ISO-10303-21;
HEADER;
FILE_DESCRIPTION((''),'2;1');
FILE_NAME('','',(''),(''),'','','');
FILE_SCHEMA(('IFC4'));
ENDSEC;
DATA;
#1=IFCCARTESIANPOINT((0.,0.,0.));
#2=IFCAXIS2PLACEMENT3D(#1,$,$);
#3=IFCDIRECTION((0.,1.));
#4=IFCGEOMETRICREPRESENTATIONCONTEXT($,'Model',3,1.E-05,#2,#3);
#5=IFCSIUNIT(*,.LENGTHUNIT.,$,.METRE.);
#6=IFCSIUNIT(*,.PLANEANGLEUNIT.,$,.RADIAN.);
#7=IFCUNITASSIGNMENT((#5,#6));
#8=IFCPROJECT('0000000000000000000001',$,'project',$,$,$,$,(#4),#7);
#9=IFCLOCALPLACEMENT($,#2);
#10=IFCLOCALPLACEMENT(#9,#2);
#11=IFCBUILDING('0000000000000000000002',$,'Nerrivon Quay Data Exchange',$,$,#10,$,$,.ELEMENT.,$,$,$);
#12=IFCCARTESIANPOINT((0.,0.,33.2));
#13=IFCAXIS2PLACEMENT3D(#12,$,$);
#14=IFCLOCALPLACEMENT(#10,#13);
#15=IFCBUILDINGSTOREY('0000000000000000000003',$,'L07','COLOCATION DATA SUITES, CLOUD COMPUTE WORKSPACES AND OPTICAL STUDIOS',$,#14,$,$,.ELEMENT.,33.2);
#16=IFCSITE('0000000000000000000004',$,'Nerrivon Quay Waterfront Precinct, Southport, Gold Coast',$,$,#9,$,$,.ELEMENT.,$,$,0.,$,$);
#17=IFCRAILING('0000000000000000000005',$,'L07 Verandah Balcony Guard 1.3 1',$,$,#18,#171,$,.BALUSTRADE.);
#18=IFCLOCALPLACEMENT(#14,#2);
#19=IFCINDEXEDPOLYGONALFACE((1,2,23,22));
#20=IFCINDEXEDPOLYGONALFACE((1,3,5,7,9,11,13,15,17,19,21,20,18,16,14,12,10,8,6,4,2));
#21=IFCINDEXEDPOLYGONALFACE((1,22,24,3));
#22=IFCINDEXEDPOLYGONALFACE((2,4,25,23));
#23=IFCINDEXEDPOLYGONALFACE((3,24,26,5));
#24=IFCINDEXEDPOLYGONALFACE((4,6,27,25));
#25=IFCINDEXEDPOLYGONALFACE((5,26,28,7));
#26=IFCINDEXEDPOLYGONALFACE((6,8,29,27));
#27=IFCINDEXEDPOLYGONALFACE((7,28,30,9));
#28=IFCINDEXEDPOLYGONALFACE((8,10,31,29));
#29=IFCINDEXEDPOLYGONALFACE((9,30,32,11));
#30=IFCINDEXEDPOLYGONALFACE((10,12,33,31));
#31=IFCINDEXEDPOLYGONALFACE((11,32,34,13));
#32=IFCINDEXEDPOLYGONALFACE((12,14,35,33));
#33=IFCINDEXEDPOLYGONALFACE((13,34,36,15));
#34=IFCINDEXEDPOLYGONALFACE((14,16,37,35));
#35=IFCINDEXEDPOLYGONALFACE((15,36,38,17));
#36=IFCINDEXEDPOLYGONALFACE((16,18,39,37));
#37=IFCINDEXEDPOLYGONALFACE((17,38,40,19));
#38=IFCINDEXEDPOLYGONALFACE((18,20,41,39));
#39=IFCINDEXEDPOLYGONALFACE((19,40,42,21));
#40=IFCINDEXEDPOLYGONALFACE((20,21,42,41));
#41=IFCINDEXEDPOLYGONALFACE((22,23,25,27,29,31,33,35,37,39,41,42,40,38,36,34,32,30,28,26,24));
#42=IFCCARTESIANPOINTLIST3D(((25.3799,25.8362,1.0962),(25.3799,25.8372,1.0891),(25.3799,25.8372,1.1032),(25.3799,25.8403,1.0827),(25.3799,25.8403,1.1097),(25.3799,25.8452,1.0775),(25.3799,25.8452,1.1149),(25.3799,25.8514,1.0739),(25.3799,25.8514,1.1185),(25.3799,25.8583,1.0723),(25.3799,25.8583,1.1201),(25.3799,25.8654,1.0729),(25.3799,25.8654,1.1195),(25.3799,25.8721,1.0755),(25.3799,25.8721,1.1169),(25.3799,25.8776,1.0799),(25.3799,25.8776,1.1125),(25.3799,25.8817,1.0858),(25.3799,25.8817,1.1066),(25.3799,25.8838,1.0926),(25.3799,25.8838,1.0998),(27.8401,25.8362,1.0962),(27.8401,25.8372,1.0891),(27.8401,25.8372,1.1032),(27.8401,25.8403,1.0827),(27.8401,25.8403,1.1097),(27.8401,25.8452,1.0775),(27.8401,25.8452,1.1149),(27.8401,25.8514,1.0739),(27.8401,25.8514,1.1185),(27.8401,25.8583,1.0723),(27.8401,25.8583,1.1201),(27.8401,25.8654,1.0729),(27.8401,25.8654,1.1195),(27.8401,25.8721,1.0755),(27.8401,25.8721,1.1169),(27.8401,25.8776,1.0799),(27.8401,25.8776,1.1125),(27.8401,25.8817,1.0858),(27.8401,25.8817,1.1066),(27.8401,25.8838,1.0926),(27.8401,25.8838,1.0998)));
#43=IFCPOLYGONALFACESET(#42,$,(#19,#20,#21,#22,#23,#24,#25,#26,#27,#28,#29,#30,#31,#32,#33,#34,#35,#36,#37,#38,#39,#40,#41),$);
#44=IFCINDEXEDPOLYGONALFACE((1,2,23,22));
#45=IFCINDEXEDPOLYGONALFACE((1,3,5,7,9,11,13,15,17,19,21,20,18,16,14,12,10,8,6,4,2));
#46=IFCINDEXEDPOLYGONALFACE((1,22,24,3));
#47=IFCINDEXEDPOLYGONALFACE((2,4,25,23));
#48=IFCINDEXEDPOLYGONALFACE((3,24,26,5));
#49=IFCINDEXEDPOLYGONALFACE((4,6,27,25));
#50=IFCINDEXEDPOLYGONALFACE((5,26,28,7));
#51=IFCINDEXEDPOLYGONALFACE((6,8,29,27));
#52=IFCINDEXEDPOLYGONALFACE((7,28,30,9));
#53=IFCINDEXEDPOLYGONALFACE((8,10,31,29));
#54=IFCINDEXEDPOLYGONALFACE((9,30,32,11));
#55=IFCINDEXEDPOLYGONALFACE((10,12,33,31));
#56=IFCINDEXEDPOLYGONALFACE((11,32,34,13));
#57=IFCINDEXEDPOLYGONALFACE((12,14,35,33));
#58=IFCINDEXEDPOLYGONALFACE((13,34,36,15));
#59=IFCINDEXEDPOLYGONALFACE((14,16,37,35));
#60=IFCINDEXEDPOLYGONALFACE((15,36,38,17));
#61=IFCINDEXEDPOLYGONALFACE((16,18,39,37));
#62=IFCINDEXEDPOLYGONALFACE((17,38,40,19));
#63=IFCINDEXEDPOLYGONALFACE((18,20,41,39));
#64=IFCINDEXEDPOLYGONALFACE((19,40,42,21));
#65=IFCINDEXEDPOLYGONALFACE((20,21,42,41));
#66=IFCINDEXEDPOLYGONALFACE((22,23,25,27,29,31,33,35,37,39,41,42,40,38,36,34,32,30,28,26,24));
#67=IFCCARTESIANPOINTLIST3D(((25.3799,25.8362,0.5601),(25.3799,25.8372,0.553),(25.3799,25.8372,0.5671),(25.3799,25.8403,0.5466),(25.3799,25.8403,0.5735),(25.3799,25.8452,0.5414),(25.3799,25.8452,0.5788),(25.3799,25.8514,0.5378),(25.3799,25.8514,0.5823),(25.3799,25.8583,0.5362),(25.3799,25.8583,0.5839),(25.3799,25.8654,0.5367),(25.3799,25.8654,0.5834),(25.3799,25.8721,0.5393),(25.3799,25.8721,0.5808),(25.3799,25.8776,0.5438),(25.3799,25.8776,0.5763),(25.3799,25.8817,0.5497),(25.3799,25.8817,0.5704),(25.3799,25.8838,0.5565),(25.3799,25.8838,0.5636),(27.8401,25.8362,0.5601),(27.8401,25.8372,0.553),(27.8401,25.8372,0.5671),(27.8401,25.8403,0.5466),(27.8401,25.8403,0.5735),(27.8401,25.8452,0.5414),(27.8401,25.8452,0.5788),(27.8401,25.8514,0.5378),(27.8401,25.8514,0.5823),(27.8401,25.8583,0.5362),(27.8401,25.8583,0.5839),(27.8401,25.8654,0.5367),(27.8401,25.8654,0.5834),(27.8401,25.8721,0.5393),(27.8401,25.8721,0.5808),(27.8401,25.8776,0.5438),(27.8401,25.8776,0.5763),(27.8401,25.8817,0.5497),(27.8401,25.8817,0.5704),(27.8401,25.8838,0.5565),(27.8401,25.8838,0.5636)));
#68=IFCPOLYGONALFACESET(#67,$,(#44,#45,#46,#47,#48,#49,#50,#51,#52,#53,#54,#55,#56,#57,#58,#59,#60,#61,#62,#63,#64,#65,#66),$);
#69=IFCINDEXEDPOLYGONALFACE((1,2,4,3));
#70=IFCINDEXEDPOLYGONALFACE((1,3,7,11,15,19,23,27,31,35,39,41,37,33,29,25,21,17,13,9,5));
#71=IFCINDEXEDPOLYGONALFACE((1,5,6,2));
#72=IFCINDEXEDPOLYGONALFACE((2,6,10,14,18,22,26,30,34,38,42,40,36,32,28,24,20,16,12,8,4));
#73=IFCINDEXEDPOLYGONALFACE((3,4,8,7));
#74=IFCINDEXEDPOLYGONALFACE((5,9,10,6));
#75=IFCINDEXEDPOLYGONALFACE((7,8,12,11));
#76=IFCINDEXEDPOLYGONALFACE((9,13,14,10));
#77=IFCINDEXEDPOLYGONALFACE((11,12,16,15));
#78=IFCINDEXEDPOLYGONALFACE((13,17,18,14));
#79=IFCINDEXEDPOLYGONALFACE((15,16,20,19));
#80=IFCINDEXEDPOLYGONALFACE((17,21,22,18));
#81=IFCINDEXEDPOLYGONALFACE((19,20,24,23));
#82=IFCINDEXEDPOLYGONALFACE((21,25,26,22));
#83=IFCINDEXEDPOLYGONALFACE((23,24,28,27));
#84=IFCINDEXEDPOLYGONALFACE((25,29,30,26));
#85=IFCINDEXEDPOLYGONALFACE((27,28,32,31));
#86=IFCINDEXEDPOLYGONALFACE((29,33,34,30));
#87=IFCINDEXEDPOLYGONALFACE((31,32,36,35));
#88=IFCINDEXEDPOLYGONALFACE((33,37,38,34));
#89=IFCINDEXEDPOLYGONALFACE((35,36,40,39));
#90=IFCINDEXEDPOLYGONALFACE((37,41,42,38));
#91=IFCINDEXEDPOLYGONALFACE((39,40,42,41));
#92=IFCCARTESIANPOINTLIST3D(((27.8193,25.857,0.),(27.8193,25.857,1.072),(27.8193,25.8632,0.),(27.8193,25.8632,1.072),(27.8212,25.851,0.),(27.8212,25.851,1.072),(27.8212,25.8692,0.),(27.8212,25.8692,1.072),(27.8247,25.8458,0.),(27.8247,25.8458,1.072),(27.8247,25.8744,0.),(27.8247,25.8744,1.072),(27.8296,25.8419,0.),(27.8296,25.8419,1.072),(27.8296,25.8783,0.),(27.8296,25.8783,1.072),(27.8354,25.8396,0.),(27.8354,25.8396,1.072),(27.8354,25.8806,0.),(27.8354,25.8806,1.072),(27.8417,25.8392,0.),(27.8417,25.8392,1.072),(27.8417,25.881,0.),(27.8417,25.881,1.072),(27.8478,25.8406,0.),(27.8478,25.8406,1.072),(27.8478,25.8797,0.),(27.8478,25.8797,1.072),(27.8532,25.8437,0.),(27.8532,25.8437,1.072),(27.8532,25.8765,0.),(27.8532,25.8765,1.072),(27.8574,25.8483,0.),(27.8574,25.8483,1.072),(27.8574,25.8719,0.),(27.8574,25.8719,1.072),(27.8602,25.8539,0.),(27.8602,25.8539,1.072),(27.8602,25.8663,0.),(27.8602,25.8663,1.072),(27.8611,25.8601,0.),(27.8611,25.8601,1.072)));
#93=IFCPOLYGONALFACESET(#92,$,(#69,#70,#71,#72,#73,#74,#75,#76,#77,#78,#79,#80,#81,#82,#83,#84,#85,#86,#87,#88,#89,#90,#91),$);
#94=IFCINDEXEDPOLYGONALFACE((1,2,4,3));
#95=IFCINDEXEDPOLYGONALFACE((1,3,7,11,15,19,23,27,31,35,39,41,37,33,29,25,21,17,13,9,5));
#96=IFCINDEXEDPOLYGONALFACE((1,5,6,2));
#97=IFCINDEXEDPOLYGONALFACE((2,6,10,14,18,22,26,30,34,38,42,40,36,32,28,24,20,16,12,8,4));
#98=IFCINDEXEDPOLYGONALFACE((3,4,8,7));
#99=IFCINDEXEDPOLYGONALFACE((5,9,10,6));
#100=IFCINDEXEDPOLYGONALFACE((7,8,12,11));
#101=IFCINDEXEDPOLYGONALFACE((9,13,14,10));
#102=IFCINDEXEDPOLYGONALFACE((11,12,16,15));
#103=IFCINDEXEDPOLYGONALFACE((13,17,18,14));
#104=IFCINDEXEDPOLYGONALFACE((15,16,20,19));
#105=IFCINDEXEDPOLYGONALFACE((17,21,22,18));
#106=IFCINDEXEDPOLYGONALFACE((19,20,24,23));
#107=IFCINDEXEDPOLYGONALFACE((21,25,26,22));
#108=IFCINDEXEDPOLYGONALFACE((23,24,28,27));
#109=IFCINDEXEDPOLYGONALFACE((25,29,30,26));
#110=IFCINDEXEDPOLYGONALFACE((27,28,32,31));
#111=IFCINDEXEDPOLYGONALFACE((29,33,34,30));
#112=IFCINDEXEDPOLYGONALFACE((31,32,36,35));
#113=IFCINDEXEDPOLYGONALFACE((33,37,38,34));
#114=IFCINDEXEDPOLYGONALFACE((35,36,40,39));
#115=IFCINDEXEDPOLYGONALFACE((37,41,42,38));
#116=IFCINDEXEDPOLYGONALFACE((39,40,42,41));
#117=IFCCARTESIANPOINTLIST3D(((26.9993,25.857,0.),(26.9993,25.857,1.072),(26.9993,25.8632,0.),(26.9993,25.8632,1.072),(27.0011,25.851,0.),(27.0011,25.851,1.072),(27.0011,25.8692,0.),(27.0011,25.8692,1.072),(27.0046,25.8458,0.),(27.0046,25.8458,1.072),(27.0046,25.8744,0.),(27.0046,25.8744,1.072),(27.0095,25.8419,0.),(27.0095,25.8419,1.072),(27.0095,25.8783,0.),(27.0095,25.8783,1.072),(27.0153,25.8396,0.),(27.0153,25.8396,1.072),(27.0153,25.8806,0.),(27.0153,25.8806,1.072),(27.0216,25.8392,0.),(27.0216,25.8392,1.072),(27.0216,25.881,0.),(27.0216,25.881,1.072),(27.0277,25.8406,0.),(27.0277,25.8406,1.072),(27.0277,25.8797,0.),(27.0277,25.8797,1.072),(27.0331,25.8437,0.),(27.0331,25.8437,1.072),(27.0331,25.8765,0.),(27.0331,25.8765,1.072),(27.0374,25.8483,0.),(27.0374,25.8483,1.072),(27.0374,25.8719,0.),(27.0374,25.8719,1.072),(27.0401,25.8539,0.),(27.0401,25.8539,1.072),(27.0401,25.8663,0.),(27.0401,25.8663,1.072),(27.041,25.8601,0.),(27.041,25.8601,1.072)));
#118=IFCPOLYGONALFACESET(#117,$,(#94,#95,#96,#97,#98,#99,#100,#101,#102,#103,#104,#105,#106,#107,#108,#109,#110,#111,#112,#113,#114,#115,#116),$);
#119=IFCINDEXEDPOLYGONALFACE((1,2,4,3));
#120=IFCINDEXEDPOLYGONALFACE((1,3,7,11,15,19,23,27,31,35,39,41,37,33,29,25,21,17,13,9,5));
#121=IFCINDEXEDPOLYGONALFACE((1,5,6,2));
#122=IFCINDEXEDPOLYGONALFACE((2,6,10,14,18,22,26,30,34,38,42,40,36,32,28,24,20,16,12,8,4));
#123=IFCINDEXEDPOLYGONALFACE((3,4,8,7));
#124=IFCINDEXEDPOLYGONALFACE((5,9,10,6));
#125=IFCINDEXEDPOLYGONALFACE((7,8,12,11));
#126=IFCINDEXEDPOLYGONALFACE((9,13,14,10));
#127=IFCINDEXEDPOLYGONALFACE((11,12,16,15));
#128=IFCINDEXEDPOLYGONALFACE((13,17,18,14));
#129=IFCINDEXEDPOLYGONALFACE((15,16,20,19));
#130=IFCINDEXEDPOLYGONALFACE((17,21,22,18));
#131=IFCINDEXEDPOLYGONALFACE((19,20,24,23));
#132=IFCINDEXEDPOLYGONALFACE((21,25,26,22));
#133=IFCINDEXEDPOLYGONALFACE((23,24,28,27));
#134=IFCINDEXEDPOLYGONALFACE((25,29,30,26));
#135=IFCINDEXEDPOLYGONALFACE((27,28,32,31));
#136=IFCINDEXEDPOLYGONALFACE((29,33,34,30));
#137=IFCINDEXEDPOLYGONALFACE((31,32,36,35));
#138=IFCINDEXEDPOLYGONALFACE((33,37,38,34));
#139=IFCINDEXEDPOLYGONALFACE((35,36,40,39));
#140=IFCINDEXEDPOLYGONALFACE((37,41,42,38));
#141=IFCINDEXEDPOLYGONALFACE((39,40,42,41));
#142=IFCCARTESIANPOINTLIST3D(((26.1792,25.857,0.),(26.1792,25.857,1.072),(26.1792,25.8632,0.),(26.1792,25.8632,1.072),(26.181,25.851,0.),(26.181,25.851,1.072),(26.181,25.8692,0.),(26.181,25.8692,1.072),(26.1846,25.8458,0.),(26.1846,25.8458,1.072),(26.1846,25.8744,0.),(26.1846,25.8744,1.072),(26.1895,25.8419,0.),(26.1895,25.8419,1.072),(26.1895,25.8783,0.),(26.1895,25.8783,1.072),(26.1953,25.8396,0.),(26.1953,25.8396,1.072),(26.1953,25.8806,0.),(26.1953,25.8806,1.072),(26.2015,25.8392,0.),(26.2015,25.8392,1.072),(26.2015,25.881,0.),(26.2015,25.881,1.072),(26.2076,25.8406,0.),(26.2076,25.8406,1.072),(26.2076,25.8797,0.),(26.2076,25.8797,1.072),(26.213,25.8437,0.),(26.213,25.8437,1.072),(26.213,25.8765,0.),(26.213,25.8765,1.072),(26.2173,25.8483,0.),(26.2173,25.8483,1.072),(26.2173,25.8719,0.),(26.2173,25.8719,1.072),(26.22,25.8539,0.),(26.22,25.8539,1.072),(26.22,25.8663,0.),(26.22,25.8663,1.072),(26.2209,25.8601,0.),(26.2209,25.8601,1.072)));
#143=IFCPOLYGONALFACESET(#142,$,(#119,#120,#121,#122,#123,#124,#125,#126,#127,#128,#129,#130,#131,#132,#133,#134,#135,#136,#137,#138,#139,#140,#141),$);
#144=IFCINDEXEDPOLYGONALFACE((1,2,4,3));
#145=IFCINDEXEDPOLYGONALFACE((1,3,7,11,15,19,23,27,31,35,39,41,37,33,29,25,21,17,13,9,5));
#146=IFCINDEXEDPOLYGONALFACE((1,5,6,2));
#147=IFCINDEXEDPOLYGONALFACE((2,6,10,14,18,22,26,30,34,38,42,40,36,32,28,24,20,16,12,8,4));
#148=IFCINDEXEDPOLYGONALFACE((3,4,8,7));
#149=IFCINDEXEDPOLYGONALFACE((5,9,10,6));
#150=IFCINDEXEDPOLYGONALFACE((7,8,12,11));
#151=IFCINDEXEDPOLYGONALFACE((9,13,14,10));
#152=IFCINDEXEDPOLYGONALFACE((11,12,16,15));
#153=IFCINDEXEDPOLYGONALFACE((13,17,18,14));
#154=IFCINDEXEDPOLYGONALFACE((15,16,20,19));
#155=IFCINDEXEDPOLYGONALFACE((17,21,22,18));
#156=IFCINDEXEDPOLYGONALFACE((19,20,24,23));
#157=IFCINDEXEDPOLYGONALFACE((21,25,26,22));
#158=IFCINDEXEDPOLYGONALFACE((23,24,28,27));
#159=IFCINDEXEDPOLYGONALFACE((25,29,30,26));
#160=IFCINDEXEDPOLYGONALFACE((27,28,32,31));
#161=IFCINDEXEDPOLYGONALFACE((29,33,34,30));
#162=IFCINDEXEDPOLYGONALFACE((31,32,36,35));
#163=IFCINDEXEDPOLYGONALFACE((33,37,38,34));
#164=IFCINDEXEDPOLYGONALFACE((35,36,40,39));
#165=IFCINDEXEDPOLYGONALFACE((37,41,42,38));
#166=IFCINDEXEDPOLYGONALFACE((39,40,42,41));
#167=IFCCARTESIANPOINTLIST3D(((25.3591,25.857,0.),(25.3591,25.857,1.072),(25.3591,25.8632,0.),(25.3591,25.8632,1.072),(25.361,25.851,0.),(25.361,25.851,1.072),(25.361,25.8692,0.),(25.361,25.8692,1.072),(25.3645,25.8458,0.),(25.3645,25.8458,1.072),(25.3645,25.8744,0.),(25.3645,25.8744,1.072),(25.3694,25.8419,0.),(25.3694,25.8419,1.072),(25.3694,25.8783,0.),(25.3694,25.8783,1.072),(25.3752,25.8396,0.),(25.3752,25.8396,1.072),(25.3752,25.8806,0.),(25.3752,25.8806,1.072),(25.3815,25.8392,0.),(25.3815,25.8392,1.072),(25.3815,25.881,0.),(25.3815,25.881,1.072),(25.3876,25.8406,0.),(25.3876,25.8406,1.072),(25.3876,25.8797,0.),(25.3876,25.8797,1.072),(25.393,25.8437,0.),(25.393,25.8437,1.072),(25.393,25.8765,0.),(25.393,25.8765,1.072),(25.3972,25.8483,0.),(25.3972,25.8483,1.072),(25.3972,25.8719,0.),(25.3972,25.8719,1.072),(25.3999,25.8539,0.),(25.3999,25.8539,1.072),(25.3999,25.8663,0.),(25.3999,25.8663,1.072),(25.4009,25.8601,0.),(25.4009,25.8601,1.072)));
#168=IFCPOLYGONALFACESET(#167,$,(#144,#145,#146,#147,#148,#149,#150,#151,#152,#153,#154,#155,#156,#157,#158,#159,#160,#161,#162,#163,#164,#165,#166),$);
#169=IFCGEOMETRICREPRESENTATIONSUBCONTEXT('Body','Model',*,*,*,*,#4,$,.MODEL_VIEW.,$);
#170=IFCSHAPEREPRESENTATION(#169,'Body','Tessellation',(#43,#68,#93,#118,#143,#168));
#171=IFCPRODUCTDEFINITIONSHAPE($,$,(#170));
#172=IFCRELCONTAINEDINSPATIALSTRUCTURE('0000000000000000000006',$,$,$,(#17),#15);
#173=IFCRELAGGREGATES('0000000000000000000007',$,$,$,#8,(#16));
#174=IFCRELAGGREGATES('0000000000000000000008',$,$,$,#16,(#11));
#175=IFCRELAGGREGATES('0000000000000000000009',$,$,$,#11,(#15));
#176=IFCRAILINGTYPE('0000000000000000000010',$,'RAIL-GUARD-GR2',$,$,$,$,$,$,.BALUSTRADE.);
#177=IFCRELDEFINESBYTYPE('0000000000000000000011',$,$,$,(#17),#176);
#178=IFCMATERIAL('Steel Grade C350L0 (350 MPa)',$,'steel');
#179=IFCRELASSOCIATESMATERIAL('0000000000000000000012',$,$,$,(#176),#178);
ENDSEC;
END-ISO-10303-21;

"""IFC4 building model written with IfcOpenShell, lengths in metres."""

from ifc_helpers import new_model, si_unit, direction, frame, origin, origin_2d, place, context, subcontext, project, spatial, circle, extrude, material, type_object, element, save


model = new_model("IFC4")

# Units and contexts
model_context = context("Model", 3, precision=1e-05, world=origin(), true_north=direction((0.0, 1.0)))
body_context = subcontext(model_context, "Body", "Model", "MODEL_VIEW")
ifc_project = project(units=[si_unit("LENGTHUNIT", "METRE"), si_unit("PLANEANGLEUNIT", "RADIAN")], contexts=[model_context])

# Site, building, storey
site_placement = place(None, origin())
site = spatial("IfcSite", under=ifc_project, at=site_placement, Name="Nerrivon Quay Waterfront Precinct, Southport, Gold Coast", CompositionType="ELEMENT", RefElevation=0.0)
building_placement = place(site_placement, origin())
building = spatial("IfcBuilding", under=site, at=building_placement, Name="Nerrivon Quay Data Exchange", CompositionType="ELEMENT")
storey_placement = place(building_placement, frame((0.0, 0.0, 33.2)))
storey = spatial("IfcBuildingStorey", under=building, at=storey_placement, Name="L07", Description="COLOCATION DATA SUITES, CLOUD COMPUTE WORKSPACES AND OPTICAL STUDIOS", CompositionType="ELEMENT", Elevation=33.2)

# Railing
ifc_material_1 = material(Name="Steel Grade C350L0 (350 MPa)", Category="steel")
railing_type = type_object("IfcRailingType", Name="RAIL-GUARD-GR2", PredefinedType="BALUSTRADE", material=ifc_material_1)
railing_1_placement = place(storey_placement, frame((27.8401, 25.8601, 0.0)))
element("IfcRailing", 1, at=railing_1_placement, inside=storey, type_object=railing_type, Name="L07 Verandah Balcony Guard 1.3 1", PredefinedType="BALUSTRADE", context=body_context, shape_type="SweptSolid", body=[
    extrude(circle(Radius=0.0239, at=origin_2d()), frame((0.0, 0.0, 1.0962), z_axis=(-1.0, 0.0, 0.0), x_axis=(0.0, -1.0, 0.0)), (0.0, 0.0, 1.0), 2.4602),
    extrude(circle(Radius=0.0239, at=origin_2d()), frame((0.0, 0.0, 0.5601), z_axis=(-1.0, 0.0, 0.0), x_axis=(0.0, -1.0, 0.0)), (0.0, 0.0, 1.0), 2.4602),
    extrude(circle(Radius=0.021, at=origin_2d()), origin(), (0.0, 0.0, 1.0), 1.072),
    extrude(circle(Radius=0.021, at=origin_2d()), frame((-0.8201, 0.0, 0.0)), (0.0, 0.0, 1.0), 1.072),
    extrude(circle(Radius=0.021, at=origin_2d()), frame((-1.6401, 0.0, 0.0)), (0.0, 0.0, 1.0), 1.072),
    extrude(circle(Radius=0.021, at=origin_2d()), frame((-2.4602, 0.0, 0.0)), (0.0, 0.0, 1.0), 1.072),
])

save(model, "model.ifc")
